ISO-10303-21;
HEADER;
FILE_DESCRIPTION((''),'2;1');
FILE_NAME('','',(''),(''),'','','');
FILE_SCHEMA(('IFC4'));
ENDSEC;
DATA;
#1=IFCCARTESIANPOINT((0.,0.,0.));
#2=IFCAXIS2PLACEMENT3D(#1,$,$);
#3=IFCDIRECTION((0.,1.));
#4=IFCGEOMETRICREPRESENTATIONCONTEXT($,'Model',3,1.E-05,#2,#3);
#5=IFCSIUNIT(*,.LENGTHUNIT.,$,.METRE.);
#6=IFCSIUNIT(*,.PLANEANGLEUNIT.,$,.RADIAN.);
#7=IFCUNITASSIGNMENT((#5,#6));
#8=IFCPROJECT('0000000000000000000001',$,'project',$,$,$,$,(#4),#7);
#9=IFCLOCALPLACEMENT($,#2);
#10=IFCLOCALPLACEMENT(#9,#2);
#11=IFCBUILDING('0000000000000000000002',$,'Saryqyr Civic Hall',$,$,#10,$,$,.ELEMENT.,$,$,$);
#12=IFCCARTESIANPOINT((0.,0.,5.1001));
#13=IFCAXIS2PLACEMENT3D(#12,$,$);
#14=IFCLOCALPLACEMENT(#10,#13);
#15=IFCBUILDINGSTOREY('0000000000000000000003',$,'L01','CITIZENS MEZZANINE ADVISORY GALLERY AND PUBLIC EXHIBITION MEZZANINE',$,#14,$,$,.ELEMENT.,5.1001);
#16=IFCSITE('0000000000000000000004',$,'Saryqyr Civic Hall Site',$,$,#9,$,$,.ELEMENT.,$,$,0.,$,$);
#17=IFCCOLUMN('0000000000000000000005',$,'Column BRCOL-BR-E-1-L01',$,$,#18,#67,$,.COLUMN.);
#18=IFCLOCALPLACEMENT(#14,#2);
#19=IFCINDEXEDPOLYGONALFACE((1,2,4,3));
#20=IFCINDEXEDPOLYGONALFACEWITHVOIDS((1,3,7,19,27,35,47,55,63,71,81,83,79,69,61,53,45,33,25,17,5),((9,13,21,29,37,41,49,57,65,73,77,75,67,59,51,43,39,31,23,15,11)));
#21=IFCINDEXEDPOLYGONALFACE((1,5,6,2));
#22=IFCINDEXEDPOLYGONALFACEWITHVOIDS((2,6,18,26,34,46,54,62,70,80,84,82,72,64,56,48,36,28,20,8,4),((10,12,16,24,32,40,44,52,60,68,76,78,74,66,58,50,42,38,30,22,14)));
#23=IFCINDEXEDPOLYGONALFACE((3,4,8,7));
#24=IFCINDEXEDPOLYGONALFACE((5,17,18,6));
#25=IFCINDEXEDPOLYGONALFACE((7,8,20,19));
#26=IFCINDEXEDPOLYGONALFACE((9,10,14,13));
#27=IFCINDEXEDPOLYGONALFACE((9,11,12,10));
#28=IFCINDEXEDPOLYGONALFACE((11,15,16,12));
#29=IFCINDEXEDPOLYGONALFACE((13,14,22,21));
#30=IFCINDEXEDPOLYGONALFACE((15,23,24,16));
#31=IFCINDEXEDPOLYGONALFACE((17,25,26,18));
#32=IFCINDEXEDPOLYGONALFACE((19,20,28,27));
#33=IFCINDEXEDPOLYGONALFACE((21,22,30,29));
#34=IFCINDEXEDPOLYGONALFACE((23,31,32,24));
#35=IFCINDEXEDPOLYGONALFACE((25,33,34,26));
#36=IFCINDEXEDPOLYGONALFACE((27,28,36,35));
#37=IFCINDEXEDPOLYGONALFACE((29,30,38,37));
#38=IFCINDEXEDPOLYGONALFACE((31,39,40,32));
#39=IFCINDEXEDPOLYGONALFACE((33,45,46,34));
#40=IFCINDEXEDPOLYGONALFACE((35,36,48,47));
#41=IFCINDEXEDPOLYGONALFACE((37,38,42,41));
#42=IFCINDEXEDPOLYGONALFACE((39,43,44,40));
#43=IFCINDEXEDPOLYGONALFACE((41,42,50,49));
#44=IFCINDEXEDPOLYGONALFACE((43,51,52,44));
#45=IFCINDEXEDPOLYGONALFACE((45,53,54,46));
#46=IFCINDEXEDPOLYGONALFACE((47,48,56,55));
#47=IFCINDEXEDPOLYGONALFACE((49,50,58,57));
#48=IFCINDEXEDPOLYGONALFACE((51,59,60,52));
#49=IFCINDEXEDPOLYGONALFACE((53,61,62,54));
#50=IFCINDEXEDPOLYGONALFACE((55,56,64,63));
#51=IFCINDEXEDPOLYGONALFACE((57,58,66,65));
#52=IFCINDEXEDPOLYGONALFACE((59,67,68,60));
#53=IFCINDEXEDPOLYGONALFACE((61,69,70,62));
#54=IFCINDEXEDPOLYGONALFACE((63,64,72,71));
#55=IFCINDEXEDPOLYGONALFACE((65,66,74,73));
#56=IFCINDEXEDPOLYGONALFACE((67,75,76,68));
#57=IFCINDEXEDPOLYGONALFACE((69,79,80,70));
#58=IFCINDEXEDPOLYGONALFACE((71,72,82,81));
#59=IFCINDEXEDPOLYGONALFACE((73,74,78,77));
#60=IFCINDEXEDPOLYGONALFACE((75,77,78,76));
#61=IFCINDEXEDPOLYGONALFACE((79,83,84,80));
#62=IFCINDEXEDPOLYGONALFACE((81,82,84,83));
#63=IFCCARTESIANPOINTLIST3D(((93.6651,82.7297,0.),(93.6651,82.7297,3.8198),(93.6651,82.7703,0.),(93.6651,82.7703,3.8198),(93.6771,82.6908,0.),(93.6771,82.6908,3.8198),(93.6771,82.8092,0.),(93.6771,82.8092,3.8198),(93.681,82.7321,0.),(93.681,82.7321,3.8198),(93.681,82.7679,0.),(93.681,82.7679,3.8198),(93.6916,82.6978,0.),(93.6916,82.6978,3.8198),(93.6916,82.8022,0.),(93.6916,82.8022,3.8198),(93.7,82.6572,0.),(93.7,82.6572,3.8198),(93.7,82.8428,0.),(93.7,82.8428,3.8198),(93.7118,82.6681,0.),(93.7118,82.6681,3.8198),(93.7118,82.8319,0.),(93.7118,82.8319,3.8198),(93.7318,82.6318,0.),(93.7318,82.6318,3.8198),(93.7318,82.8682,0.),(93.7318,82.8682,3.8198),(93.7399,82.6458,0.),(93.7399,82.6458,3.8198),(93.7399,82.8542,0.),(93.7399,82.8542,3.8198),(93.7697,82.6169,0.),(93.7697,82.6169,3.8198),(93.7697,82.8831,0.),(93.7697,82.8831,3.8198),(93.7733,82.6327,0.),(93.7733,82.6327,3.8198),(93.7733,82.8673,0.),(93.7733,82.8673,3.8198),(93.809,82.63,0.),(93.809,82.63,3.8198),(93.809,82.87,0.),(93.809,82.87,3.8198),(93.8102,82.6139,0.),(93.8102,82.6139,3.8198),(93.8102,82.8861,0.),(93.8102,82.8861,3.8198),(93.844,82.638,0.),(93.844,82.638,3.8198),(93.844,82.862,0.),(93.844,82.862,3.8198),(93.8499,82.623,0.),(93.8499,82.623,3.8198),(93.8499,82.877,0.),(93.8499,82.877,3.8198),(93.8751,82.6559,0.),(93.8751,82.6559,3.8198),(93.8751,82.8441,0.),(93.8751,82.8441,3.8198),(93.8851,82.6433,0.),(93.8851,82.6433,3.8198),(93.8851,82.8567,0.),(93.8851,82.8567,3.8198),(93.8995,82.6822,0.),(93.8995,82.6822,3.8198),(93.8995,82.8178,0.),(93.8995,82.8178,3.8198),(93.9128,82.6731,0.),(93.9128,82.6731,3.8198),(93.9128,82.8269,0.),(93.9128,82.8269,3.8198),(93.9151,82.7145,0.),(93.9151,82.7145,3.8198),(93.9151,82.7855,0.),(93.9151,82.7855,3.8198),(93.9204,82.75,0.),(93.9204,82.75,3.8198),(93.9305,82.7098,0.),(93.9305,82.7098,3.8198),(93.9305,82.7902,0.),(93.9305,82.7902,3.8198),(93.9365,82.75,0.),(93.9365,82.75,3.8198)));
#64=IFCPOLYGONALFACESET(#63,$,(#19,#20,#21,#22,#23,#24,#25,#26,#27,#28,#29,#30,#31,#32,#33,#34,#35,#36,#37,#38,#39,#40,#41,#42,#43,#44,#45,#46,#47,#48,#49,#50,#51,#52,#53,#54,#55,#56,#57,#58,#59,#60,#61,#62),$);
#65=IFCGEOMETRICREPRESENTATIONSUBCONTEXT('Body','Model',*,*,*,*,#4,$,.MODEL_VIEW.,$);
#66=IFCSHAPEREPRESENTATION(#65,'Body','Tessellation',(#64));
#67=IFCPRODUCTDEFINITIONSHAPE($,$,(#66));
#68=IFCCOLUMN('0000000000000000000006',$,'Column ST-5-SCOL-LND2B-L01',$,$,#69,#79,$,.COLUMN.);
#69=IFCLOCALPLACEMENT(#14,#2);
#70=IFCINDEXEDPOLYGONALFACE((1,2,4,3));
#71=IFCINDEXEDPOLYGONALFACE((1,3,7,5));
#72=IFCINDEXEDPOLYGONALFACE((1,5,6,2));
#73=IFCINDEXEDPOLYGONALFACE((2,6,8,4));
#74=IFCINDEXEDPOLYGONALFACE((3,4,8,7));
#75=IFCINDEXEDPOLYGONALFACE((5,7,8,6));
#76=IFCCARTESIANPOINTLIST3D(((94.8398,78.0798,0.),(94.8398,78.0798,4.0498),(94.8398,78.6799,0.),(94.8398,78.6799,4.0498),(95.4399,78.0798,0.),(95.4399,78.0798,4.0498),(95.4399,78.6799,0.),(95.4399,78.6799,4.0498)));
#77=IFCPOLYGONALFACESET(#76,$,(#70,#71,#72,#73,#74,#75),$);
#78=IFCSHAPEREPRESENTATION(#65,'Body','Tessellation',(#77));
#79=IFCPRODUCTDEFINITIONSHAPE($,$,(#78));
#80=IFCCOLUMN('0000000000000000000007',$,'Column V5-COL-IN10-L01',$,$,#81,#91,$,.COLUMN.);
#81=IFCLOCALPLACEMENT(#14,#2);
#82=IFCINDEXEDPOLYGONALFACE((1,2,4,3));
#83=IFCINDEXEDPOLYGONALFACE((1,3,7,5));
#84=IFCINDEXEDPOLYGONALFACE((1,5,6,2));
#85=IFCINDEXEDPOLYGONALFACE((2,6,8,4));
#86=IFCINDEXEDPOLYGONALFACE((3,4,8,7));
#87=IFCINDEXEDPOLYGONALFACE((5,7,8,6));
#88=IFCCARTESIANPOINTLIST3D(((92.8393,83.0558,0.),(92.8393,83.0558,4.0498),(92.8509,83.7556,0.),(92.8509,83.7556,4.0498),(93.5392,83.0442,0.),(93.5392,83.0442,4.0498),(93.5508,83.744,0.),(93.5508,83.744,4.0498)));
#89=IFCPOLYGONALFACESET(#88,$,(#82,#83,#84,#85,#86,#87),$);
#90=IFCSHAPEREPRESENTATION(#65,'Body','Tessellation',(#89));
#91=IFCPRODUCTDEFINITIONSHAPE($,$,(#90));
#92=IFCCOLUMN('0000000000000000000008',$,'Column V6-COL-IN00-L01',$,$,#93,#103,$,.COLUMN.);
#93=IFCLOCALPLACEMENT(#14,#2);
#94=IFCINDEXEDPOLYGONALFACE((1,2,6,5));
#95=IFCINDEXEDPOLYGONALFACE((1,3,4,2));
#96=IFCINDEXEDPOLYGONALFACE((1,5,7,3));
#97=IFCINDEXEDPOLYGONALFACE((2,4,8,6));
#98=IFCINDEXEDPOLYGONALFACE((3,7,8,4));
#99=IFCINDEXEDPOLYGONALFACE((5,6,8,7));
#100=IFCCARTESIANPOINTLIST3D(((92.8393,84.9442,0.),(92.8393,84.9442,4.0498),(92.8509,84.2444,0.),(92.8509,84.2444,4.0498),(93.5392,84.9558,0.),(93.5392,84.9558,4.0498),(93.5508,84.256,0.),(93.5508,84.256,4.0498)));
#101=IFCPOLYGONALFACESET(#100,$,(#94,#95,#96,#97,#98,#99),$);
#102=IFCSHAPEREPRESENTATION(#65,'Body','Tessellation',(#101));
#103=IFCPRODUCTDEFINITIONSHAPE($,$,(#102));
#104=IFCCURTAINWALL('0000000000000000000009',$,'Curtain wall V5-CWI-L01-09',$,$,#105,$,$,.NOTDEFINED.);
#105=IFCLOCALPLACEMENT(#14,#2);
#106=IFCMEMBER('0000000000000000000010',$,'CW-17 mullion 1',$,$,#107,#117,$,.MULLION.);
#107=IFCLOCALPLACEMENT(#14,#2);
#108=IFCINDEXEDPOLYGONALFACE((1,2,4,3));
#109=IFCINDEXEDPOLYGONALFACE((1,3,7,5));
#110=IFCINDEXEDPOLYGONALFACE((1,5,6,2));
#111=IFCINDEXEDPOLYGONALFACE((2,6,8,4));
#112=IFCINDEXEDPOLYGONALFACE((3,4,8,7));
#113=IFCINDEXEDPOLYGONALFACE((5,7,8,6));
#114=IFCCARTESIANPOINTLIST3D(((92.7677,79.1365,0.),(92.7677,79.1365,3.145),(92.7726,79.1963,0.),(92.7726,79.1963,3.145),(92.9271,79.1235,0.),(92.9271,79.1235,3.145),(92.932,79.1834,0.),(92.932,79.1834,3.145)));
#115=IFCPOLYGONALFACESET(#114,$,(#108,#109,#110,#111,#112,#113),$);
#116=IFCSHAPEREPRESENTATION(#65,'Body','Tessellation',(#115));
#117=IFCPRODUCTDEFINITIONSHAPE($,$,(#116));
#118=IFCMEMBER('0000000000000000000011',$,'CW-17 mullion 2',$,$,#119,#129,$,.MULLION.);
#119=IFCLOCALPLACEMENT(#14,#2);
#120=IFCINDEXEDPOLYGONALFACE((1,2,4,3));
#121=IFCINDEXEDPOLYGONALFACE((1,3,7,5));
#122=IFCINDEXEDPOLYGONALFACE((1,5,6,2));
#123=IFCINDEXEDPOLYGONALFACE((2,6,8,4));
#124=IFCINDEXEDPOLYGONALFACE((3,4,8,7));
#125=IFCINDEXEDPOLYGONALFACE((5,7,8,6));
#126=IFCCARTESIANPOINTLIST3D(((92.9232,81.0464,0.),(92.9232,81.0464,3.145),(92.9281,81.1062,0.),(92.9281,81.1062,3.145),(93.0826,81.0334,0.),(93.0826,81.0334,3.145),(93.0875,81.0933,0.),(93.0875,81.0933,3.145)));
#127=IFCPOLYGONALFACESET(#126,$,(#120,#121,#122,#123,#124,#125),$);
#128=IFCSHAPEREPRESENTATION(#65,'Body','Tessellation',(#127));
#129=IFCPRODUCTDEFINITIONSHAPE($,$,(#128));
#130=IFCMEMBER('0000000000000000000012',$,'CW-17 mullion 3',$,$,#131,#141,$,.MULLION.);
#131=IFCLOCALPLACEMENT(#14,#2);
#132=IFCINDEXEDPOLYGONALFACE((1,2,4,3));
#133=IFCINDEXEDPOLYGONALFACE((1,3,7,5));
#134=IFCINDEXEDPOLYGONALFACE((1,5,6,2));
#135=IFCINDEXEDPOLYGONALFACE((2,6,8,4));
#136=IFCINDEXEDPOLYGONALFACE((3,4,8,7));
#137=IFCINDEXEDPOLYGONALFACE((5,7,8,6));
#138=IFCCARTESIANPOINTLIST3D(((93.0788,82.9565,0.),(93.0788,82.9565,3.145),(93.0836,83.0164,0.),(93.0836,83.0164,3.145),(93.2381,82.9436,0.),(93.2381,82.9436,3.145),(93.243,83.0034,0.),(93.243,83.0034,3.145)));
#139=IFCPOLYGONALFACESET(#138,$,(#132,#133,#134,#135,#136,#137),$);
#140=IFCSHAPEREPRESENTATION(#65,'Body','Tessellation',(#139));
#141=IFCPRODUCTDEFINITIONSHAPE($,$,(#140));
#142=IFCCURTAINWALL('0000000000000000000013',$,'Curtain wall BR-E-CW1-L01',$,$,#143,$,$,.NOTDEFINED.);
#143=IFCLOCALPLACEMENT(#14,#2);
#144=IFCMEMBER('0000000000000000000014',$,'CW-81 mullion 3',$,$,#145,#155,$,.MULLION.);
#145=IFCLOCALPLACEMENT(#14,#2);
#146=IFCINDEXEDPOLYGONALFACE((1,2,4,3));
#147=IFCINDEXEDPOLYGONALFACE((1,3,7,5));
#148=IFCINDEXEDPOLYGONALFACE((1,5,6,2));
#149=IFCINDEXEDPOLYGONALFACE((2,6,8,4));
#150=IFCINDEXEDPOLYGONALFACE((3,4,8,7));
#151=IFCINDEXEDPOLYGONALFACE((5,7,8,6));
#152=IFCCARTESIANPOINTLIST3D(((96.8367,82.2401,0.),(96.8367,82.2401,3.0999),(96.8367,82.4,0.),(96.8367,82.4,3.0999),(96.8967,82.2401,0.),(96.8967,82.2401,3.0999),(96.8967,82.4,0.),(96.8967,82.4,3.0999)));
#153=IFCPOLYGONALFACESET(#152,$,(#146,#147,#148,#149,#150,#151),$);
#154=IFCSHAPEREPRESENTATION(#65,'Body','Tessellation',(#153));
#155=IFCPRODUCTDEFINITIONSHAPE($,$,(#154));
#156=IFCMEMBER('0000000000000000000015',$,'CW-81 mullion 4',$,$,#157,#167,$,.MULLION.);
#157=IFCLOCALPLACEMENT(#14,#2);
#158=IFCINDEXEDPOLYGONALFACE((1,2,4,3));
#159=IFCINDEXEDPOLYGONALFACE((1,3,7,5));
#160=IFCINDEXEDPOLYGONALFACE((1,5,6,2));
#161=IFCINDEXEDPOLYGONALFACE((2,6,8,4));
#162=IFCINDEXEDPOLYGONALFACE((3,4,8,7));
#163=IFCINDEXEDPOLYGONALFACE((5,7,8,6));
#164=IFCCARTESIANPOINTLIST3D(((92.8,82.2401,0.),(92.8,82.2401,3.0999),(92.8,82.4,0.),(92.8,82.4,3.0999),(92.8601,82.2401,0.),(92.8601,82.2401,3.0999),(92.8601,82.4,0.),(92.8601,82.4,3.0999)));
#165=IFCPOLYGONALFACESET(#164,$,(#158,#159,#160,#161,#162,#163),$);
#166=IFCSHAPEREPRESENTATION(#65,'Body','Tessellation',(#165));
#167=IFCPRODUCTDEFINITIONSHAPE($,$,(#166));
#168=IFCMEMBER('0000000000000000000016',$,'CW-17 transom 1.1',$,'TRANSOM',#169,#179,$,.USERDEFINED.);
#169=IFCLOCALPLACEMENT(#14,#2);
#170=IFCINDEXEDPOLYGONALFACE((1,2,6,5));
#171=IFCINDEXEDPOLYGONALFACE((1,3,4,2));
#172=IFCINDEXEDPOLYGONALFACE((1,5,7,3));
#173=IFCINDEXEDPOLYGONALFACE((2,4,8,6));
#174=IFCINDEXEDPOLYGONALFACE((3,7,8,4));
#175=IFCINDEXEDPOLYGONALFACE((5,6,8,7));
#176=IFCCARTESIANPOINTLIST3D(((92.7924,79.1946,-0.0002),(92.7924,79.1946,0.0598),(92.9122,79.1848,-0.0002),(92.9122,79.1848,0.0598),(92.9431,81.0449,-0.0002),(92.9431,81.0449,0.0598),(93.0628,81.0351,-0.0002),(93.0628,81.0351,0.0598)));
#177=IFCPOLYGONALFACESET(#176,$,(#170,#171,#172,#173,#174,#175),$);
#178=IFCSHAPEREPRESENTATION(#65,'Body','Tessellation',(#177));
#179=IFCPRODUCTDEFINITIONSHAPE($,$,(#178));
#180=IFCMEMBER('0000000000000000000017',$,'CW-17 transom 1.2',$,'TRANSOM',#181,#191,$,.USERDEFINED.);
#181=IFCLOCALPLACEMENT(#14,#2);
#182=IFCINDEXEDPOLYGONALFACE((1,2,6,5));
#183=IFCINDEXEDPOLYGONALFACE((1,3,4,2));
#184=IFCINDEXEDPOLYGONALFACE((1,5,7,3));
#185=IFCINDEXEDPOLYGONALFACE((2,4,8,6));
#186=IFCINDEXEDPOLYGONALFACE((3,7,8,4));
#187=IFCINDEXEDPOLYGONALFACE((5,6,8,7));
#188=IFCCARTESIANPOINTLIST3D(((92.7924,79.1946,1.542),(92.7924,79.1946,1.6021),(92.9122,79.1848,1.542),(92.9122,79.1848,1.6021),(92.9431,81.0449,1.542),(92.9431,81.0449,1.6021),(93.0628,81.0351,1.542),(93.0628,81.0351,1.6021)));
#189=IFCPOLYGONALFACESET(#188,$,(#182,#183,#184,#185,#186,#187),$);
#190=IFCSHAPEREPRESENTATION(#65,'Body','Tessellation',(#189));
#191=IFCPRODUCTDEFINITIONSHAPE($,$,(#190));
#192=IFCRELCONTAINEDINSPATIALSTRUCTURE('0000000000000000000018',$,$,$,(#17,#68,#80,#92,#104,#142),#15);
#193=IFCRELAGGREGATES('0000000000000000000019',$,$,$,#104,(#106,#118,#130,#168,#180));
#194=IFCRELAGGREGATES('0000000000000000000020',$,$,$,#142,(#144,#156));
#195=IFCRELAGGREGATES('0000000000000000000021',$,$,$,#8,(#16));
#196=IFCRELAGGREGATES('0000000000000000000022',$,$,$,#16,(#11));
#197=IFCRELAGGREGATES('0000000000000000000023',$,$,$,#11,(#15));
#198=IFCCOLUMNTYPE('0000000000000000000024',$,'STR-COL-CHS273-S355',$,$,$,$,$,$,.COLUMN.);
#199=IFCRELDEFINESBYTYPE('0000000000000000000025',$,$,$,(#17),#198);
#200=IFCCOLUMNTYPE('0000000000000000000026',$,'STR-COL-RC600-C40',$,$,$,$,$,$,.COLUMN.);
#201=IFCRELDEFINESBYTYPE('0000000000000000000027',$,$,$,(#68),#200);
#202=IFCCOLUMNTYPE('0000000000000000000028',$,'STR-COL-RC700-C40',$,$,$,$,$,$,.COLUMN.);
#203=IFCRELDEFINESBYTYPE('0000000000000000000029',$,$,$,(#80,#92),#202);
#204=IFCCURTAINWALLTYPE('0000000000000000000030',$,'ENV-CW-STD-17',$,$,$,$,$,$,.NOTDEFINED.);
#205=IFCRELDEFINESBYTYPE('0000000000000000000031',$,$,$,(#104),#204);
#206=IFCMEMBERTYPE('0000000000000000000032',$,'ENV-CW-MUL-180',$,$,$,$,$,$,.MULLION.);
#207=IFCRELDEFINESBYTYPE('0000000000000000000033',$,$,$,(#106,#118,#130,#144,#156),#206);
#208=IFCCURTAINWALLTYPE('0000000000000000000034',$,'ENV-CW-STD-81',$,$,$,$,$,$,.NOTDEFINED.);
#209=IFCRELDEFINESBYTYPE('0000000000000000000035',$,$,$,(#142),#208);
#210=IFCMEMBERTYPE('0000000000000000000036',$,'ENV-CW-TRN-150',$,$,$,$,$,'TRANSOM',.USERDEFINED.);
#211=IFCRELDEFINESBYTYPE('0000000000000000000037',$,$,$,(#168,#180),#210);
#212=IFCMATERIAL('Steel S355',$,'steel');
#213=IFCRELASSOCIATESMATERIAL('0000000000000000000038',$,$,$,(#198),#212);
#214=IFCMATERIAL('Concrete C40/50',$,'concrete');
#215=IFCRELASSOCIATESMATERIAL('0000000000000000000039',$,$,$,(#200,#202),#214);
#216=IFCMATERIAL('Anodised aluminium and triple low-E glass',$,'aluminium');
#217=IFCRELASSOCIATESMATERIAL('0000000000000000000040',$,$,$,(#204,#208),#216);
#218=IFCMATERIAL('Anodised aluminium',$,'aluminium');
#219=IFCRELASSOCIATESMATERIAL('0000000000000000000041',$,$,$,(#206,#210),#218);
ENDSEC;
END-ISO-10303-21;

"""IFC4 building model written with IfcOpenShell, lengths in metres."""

from ifc_helpers import new_model, si_unit, direction, frame, origin, origin_2d, place, context, subcontext, project, spatial, rectangle, hollow_circle, extrude, material, material_profile, profile_set, type_object, element, aggregate, save


model = new_model("IFC4")

# Units and contexts
model_context = context("Model", 3, precision=1e-05, world=origin(), true_north=direction((0.0, 1.0)))
body_context = subcontext(model_context, "Body", "Model", "MODEL_VIEW")
ifc_project = project(units=[si_unit("LENGTHUNIT", "METRE"), si_unit("PLANEANGLEUNIT", "RADIAN")], contexts=[model_context])

# Site, building, storey
site_placement = place(None, origin())
site = spatial("IfcSite", under=ifc_project, at=site_placement, Name="Saryqyr Civic Hall Site", CompositionType="ELEMENT", RefElevation=0.0)
building_placement = place(site_placement, origin())
building = spatial("IfcBuilding", under=site, at=building_placement, Name="Saryqyr Civic Hall", CompositionType="ELEMENT")
storey_placement = place(building_placement, frame((0.0, 0.0, 5.1001)))
storey = spatial("IfcBuildingStorey", under=building, at=storey_placement, Name="L01", Description="CITIZENS MEZZANINE ADVISORY GALLERY AND PUBLIC EXHIBITION MEZZANINE", CompositionType="ELEMENT", Elevation=5.1001)

# Columns
ifc_material_1 = material(Name="Steel S355", Category="steel")
ifc_material_profile_1 = material_profile(ifc_material_1, hollow_circle(Radius=0.1365, WallThickness=0.0161, at=origin_2d()), Name="CHS 273x16")
ifc_profile_set_1 = profile_set([ifc_material_profile_1], Name="Steel S355")
column_type_1 = type_object("IfcColumnType", Name="STR-COL-CHS273-S355", PredefinedType="COLUMN", material=ifc_profile_set_1)
column_1_placement = place(storey_placement, frame((93.8, 82.75, 0.0), z_axis=(0.0, 0.0, 1.0), x_axis=(1.0, 0.0, 0.0)))
element("IfcColumn", 1, at=column_1_placement, inside=storey, type_object=column_type_1, Name="Column BRCOL-BR-E-1-L01", PredefinedType="COLUMN", context=body_context, shape_type="SweptSolid", body=[
    extrude(hollow_circle(Radius=0.1365, WallThickness=0.0161, at=origin_2d()), origin(), (0.0, 0.0, 1.0), 3.8198),
])
ifc_material_2 = material(Name="Concrete C40/50", Category="concrete")
ifc_material_profile_2 = material_profile(ifc_material_2, rectangle(XDim=0.6001, YDim=0.6001, at=origin_2d()), Name="RC 600x600")
ifc_profile_set_2 = profile_set([ifc_material_profile_2], Name="Concrete C40/50")
column_type_2 = type_object("IfcColumnType", Name="STR-COL-RC600-C40", PredefinedType="COLUMN", material=ifc_profile_set_2)
column_2_placement = place(storey_placement, frame((95.1399, 78.3799, 0.0), z_axis=(0.0, 0.0, 1.0), x_axis=(1.0, 0.0, 0.0)))
element("IfcColumn", 2, at=column_2_placement, inside=storey, type_object=column_type_2, Name="Column ST-5-SCOL-LND2B-L01", PredefinedType="COLUMN", context=body_context, shape_type="SweptSolid", body=[
    extrude(rectangle(XDim=0.6001, YDim=0.6001, at=origin_2d()), origin(), (0.0, 0.0, 1.0), 4.0498),
])
ifc_material_profile_3 = material_profile(ifc_material_2, rectangle(XDim=0.7, YDim=0.7, at=origin_2d()), Name="RC 700x700")
ifc_profile_set_3 = profile_set([ifc_material_profile_3], Name="Concrete C40/50")
column_type_3 = type_object("IfcColumnType", Name="STR-COL-RC700-C40", PredefinedType="COLUMN", material=ifc_profile_set_3)
for number, where, z_axis, x_axis, name in (
    (3, (93.1951, 83.3999, 0.0), (0.0, 0.0, 1.0), (0.999863, -0.01658, 0.0), "Column V5-COL-IN10-L01"),
    (4, (93.1951, 84.6001, 0.0), (0.0, 0.0, 1.0), (0.999863, 0.01658, 0.0), "Column V6-COL-IN00-L01"),
):
    element("IfcColumn", number, at=place(storey_placement, frame(where, z_axis=z_axis, x_axis=x_axis)), inside=storey, type_object=column_type_3, Name=name, PredefinedType="COLUMN", context=body_context, shape_type="SweptSolid", body=[
        extrude(rectangle(XDim=0.7, YDim=0.7, at=origin_2d()), origin(), (0.0, 0.0, 1.0), 4.0498),
    ])

# Curtain walls, members
ifc_material_3 = material(Name="Anodised aluminium and triple low-E glass", Category="aluminium")
curtain_wall_type_1 = type_object("IfcCurtainWallType", Name="ENV-CW-STD-17", PredefinedType="NOTDEFINED", material=ifc_material_3)
curtain_wall_1_placement = place(storey_placement, origin())
curtain_wall_1 = element("IfcCurtainWall", 5, at=curtain_wall_1_placement, inside=storey, type_object=curtain_wall_type_1, Name="Curtain wall V5-CWI-L01-09", PredefinedType="NOTDEFINED")
ifc_material_4 = material(Name="Anodised aluminium", Category="aluminium")
ifc_material_profile_4 = material_profile(ifc_material_4, rectangle(XDim=0.0601, YDim=0.1599, at=origin_2d()), Name="ALU MULLION 60x160")
ifc_profile_set_4 = profile_set([ifc_material_profile_4], Name="Anodised aluminium")
member_type_1 = type_object("IfcMemberType", Name="ENV-CW-MUL-180", PredefinedType="MULLION", material=ifc_profile_set_4)
member_1_placement = place(storey_placement, frame((92.8499, 79.1599, 0.0), z_axis=(0.0, 0.0, 1.0), x_axis=(0.081126, 0.996704, 0.0)))
member_1 = element("IfcMember", 6, at=member_1_placement, type_object=member_type_1, Name="CW-17 mullion 1", PredefinedType="MULLION", context=body_context, shape_type="SweptSolid", body=[
    extrude(rectangle(XDim=0.0601, YDim=0.1599, at=origin_2d()), origin(), (0.0, 0.0, 1.0), 3.145),
])
member_2_placement = place(storey_placement, frame((93.0054, 81.0698, 0.0), z_axis=(0.0, 0.0, 1.0), x_axis=(0.081126, 0.996704, 0.0)))
member_2 = element("IfcMember", 7, at=member_2_placement, type_object=member_type_1, Name="CW-17 mullion 2", PredefinedType="MULLION", context=body_context, shape_type="SweptSolid", body=[
    extrude(rectangle(XDim=0.0601, YDim=0.1599, at=origin_2d()), origin(), (0.0, 0.0, 1.0), 3.145),
])
member_3_placement = place(storey_placement, frame((93.1609, 82.98, 0.0), z_axis=(0.0, 0.0, 1.0), x_axis=(0.081126, 0.996704, 0.0)))
member_3 = element("IfcMember", 8, at=member_3_placement, type_object=member_type_1, Name="CW-17 mullion 3", PredefinedType="MULLION", context=body_context, shape_type="SweptSolid", body=[
    extrude(rectangle(XDim=0.0601, YDim=0.1599, at=origin_2d()), origin(), (0.0, 0.0, 1.0), 3.145),
])
curtain_wall_type_2 = type_object("IfcCurtainWallType", Name="ENV-CW-STD-81", PredefinedType="NOTDEFINED", material=ifc_material_3)
curtain_wall_2_placement = place(storey_placement, origin())
curtain_wall_2 = element("IfcCurtainWall", 9, at=curtain_wall_2_placement, inside=storey, type_object=curtain_wall_type_2, Name="Curtain wall BR-E-CW1-L01", PredefinedType="NOTDEFINED")
member_4_placement = place(storey_placement, frame((96.8667, 82.3201, 0.0), z_axis=(0.0, 0.0, 1.0), x_axis=(-1.0, 0.0, 0.0)))
member_4 = element("IfcMember", 10, at=member_4_placement, type_object=member_type_1, Name="CW-81 mullion 3", PredefinedType="MULLION", context=body_context, shape_type="SweptSolid", body=[
    extrude(rectangle(XDim=0.0601, YDim=0.1599, at=origin_2d()), origin(), (0.0, 0.0, 1.0), 3.0999),
])
member_5_placement = place(storey_placement, frame((92.8301, 82.3201, 0.0), z_axis=(0.0, 0.0, 1.0), x_axis=(-1.0, 0.0, 0.0)))
member_5 = element("IfcMember", 11, at=member_5_placement, type_object=member_type_1, Name="CW-81 mullion 4", PredefinedType="MULLION", context=body_context, shape_type="SweptSolid", body=[
    extrude(rectangle(XDim=0.0601, YDim=0.1599, at=origin_2d()), origin(), (0.0, 0.0, 1.0), 3.0999),
])

# Members
ifc_material_profile_5 = material_profile(ifc_material_4, rectangle(XDim=0.1201, YDim=0.0601, at=origin_2d()), Name="ALU TRANSOM 120x60")
ifc_profile_set_5 = profile_set([ifc_material_profile_5], Name="Anodised aluminium")
member_type_2 = type_object("IfcMemberType", Name="ENV-CW-TRN-150", ElementType="TRANSOM", PredefinedType="USERDEFINED", material=ifc_profile_set_5)
member_6_placement = place(storey_placement, frame((92.8523, 79.1897, 0.0298), z_axis=(0.081141, 0.996703, 0.0), x_axis=(-0.996703, 0.081141, 0.0)))
member_6 = element("IfcMember", 12, at=member_6_placement, type_object=member_type_2, Name="CW-17 transom 1.1", ObjectType="TRANSOM", PredefinedType="USERDEFINED", context=body_context, shape_type="SweptSolid", body=[
    extrude(rectangle(XDim=0.1201, YDim=0.0601, at=origin_2d()), origin(), (0.0, 0.0, 1.0), 1.8564),
])
member_7_placement = place(storey_placement, frame((92.8523, 79.1897, 1.572), z_axis=(0.081141, 0.996703, 0.0), x_axis=(-0.996703, 0.081141, 0.0)))
member_7 = element("IfcMember", 13, at=member_7_placement, type_object=member_type_2, Name="CW-17 transom 1.2", ObjectType="TRANSOM", PredefinedType="USERDEFINED", context=body_context, shape_type="SweptSolid", body=[
    extrude(rectangle(XDim=0.1201, YDim=0.0601, at=origin_2d()), origin(), (0.0, 0.0, 1.0), 1.8564),
])

aggregate(curtain_wall_1, [member_1, member_2, member_3, member_6, member_7])
aggregate(curtain_wall_2, [member_4, member_5])

save(model, "model.ifc")
